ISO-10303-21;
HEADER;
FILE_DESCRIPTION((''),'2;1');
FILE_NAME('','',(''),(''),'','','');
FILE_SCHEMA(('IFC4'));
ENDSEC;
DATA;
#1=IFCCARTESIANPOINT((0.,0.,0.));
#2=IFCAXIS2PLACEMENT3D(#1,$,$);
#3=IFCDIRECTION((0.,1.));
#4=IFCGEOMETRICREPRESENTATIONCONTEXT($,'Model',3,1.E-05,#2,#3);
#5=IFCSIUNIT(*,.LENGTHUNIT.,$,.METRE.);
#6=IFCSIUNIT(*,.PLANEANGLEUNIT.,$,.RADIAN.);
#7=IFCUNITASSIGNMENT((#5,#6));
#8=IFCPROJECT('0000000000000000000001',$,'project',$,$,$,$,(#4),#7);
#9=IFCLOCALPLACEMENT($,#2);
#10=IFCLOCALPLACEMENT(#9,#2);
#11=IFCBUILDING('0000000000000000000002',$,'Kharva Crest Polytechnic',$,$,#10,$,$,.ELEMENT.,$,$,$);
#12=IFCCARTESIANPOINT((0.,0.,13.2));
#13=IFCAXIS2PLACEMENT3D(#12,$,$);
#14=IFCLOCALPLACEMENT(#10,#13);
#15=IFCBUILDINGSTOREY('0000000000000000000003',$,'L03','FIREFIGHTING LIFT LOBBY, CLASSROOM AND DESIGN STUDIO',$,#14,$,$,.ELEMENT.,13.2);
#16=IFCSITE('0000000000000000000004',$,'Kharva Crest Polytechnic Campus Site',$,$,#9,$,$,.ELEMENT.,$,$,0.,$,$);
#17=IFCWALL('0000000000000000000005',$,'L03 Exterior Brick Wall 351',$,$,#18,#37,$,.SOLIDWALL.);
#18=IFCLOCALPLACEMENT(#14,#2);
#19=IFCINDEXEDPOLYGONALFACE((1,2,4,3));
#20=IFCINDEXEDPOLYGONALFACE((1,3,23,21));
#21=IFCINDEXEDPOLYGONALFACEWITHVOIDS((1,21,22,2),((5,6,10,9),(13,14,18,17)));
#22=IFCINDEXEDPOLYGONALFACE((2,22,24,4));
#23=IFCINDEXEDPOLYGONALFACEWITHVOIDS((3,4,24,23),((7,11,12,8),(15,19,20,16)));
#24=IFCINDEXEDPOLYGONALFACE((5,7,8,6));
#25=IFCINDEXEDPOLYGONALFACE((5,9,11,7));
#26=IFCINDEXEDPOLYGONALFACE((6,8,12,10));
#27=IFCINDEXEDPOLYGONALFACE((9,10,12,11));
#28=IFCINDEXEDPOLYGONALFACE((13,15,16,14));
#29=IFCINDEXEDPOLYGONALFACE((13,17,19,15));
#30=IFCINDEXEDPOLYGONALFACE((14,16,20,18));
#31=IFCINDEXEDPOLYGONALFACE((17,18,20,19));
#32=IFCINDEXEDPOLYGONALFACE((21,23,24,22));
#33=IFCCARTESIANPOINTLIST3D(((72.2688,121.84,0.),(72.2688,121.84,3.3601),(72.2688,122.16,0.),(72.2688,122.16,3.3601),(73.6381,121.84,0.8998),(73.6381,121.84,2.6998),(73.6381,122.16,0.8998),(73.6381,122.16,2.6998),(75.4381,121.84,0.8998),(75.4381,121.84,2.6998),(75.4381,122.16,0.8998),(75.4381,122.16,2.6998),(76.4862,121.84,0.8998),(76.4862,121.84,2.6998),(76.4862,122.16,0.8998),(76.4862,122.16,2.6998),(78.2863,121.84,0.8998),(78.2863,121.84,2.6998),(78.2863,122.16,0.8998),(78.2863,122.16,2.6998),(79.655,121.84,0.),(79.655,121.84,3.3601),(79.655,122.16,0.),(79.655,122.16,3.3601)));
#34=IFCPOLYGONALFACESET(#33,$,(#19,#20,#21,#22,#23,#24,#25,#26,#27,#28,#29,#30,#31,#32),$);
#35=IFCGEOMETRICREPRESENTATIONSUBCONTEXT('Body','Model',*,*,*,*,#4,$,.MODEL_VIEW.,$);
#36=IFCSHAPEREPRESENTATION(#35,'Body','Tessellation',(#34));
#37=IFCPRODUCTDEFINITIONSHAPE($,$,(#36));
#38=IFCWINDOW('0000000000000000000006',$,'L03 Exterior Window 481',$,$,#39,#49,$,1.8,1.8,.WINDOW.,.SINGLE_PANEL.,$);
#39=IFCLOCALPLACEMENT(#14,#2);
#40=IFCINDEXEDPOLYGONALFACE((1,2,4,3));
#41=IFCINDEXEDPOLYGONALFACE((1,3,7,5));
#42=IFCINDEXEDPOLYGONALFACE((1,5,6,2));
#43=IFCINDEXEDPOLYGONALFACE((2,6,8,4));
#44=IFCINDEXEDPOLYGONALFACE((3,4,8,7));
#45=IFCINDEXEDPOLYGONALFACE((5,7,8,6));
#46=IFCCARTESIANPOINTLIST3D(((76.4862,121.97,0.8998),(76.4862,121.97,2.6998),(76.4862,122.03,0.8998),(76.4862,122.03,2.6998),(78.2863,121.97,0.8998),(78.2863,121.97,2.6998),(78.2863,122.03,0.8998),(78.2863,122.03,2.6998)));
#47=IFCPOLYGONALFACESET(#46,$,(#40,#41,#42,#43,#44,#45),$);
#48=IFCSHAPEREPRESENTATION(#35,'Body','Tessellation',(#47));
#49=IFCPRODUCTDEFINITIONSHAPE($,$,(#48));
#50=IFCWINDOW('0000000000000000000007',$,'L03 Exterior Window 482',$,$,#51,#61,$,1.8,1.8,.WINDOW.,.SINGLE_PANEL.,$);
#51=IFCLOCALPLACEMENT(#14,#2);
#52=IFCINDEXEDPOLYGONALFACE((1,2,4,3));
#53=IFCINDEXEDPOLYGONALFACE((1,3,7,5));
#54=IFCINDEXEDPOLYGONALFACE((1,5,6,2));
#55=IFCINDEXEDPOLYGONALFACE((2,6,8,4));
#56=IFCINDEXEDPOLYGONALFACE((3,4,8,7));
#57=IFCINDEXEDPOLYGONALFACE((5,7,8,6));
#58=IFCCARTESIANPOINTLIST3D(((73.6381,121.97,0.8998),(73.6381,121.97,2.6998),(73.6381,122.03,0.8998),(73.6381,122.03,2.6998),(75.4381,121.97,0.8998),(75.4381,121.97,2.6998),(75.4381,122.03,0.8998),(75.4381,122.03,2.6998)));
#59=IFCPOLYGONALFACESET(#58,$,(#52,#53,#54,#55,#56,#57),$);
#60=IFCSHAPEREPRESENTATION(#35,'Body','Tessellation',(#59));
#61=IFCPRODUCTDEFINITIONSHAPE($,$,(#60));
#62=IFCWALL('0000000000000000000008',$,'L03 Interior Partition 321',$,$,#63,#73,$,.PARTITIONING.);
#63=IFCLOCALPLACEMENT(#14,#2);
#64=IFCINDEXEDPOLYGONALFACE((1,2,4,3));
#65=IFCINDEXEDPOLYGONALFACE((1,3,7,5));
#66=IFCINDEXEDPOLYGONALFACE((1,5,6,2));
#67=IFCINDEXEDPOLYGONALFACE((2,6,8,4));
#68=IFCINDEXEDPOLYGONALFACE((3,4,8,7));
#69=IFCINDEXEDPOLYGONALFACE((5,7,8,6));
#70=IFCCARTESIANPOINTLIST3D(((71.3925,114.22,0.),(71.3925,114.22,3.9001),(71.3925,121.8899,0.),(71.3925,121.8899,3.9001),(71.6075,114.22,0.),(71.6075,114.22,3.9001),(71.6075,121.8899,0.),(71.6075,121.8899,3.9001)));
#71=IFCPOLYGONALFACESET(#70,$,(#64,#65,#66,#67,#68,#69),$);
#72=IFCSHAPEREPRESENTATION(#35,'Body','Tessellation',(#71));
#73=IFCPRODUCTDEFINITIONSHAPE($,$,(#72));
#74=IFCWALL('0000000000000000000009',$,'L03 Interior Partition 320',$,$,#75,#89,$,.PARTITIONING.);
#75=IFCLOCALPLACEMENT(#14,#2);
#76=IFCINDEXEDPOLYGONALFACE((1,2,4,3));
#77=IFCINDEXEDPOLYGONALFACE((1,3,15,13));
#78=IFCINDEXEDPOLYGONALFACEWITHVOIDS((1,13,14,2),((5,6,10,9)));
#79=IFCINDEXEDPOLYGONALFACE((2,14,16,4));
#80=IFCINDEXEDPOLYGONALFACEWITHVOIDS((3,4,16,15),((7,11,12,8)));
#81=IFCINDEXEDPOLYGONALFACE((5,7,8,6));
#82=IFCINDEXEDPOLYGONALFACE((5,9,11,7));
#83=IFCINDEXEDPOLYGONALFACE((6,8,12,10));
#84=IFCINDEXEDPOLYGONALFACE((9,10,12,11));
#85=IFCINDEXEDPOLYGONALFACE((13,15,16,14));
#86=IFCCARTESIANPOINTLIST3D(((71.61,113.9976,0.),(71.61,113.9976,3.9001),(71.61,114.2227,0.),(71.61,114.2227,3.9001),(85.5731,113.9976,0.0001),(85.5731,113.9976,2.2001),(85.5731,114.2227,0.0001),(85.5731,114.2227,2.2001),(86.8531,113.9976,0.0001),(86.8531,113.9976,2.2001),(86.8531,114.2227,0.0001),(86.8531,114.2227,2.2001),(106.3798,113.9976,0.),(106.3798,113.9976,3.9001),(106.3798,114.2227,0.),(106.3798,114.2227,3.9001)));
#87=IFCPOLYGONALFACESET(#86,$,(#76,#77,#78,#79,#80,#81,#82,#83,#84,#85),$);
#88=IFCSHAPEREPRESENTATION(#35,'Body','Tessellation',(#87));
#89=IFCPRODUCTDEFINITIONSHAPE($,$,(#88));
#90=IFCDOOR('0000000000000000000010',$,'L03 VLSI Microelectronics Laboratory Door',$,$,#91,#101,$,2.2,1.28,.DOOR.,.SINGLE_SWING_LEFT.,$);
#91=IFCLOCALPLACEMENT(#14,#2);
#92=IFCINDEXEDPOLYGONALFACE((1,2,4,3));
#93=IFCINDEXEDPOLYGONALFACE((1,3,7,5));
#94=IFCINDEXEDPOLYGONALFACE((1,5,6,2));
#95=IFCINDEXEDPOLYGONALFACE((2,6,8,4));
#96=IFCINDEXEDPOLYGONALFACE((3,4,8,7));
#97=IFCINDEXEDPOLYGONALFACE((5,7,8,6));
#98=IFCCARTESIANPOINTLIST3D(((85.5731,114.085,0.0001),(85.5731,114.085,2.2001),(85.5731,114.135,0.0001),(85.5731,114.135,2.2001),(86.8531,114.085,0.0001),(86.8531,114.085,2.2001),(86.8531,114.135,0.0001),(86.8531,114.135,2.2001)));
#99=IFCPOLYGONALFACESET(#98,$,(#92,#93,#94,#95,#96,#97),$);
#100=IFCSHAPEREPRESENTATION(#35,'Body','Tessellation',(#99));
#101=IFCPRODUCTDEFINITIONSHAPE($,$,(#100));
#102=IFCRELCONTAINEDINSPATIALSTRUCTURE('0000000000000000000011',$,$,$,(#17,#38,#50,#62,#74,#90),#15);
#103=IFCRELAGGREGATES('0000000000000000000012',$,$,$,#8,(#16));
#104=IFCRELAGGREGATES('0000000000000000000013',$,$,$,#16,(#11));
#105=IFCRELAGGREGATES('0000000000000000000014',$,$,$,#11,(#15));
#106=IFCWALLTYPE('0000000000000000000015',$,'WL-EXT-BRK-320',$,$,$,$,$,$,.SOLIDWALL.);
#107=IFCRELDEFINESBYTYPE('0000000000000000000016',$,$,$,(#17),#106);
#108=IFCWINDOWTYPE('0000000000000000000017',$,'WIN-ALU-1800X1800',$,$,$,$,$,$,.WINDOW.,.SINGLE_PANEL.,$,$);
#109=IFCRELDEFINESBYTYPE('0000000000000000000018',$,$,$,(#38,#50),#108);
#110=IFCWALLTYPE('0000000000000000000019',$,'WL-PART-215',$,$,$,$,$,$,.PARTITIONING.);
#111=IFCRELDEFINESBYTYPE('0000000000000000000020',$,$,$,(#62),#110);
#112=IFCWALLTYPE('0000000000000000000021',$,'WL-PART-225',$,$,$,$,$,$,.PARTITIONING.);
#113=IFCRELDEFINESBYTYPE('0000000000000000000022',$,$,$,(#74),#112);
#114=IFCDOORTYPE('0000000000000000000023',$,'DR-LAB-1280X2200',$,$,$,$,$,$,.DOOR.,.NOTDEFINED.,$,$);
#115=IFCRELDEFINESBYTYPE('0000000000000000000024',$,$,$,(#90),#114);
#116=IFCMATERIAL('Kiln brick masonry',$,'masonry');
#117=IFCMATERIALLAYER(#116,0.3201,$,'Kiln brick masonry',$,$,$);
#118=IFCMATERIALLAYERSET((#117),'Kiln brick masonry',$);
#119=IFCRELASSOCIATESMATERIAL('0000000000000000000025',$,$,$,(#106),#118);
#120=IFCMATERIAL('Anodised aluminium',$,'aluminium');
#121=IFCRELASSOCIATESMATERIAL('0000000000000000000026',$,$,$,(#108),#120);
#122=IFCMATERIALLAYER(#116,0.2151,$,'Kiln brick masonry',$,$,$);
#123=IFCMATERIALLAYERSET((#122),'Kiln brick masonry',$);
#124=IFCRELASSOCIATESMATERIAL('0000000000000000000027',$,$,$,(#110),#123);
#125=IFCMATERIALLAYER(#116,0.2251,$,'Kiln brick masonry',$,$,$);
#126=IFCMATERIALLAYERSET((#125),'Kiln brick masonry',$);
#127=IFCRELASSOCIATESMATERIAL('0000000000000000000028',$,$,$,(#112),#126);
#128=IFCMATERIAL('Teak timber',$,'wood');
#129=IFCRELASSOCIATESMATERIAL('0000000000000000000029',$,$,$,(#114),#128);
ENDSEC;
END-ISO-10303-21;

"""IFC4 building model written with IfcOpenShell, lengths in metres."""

from ifc_helpers import new_model, si_unit, direction, frame, frame_2d, origin, place, context, subcontext, project, spatial, rectangle, extrude, material, layer, layer_set, type_object, element, fill, save


model = new_model("IFC4")

# Units and contexts
model_context = context("Model", 3, precision=1e-05, world=origin(), true_north=direction((0.0, 1.0)))
body_context = subcontext(model_context, "Body", "Model", "MODEL_VIEW")
ifc_project = project(units=[si_unit("LENGTHUNIT", "METRE"), si_unit("PLANEANGLEUNIT", "RADIAN")], contexts=[model_context])

# Site, building, storey
site_placement = place(None, origin())
site = spatial("IfcSite", under=ifc_project, at=site_placement, Name="Kharva Crest Polytechnic Campus Site", CompositionType="ELEMENT", RefElevation=0.0)
building_placement = place(site_placement, origin())
building = spatial("IfcBuilding", under=site, at=building_placement, Name="Kharva Crest Polytechnic", CompositionType="ELEMENT")
storey_placement = place(building_placement, frame((0.0, 0.0, 13.2)))
storey = spatial("IfcBuildingStorey", under=building, at=storey_placement, Name="L03", Description="FIREFIGHTING LIFT LOBBY, CLASSROOM AND DESIGN STUDIO", CompositionType="ELEMENT", Elevation=13.2)

# Shared definitions
ifc_material_1 = material(Name="Kiln brick masonry", Category="masonry")

# Wall, openings, windows
ifc_layer_1 = layer(ifc_material_1, 0.3201, Name="Kiln brick masonry")
ifc_layer_set_1 = layer_set([ifc_layer_1], Name="Kiln brick masonry")
wall_type_1 = type_object("IfcWallType", Name="WL-EXT-BRK-320", PredefinedType="SOLIDWALL", material=ifc_layer_set_1)
wall_1_placement = place(storey_placement, frame((79.655, 122.0, 0.0), z_axis=(0.0, 0.0, 1.0), x_axis=(-1.0, 0.0, 0.0)))
wall_1 = element("IfcWall", 1, at=wall_1_placement, inside=storey, type_object=wall_type_1, Name="L03 Exterior Brick Wall 351", PredefinedType="SOLIDWALL", context=body_context, shape_type="SweptSolid", body=[
    extrude(rectangle(XDim=7.3862, YDim=0.3201, at=frame_2d((3.6931, 0.0))), origin(), (0.0, 0.0, 1.0), 3.3601),
])
opening_1_placement = place(wall_1_placement, frame((1.3689, 0.0, 0.8999)))
opening_1 = element("IfcOpeningElement", 2, at=opening_1_placement, cuts=wall_1, PredefinedType="OPENING", context=body_context, shape_type="SweptSolid", body=[
    extrude(rectangle(XDim=1.8, YDim=1.8, at=frame_2d((0.8999, 0.8999))), frame((0.0, 0.1699, 0.0), z_axis=(0.0, -1.0, 0.0), x_axis=(1.0, 0.0, 0.0)), (0.0, 0.0, 1.0), 0.3401),
])
opening_2_placement = place(wall_1_placement, frame((4.217, 0.0, 0.8999)))
opening_2 = element("IfcOpeningElement", 3, at=opening_2_placement, cuts=wall_1, PredefinedType="OPENING", context=body_context, shape_type="SweptSolid", body=[
    extrude(rectangle(XDim=1.8, YDim=1.8, at=frame_2d((0.8999, 0.8999))), frame((0.0, 0.1699, 0.0), z_axis=(0.0, -1.0, 0.0), x_axis=(1.0, 0.0, 0.0)), (0.0, 0.0, 1.0), 0.3401),
])
ifc_material_2 = material(Name="Anodised aluminium", Category="aluminium")
window_type = type_object("IfcWindowType", Name="WIN-ALU-1800X1800", PartitioningType="SINGLE_PANEL", PredefinedType="WINDOW", material=ifc_material_2)
window_1_placement = place(opening_1_placement, origin())
window_1 = element("IfcWindow", 4, at=window_1_placement, inside=storey, type_object=window_type, Name="L03 Exterior Window 481", OverallHeight=1.8, OverallWidth=1.8, PartitioningType="SINGLE_PANEL", PredefinedType="WINDOW", context=body_context, shape_type="SweptSolid", body=[
    extrude(rectangle(XDim=1.8, YDim=1.8, at=frame_2d((0.8999, 0.8999))), frame((0.0, 0.03, 0.0), z_axis=(0.0, -1.0, 0.0), x_axis=(1.0, 0.0, 0.0)), (0.0, 0.0, 1.0), 0.0601),
])
fill(opening_1, window_1)
window_2_placement = place(opening_2_placement, origin())
window_2 = element("IfcWindow", 5, at=window_2_placement, inside=storey, type_object=window_type, Name="L03 Exterior Window 482", OverallHeight=1.8, OverallWidth=1.8, PartitioningType="SINGLE_PANEL", PredefinedType="WINDOW", context=body_context, shape_type="SweptSolid", body=[
    extrude(rectangle(XDim=1.8, YDim=1.8, at=frame_2d((0.8999, 0.8999))), frame((0.0, 0.03, 0.0), z_axis=(0.0, -1.0, 0.0), x_axis=(1.0, 0.0, 0.0)), (0.0, 0.0, 1.0), 0.0601),
])
fill(opening_2, window_2)

# Wall
ifc_layer_2 = layer(ifc_material_1, 0.2151, Name="Kiln brick masonry")
ifc_layer_set_2 = layer_set([ifc_layer_2], Name="Kiln brick masonry")
wall_type_2 = type_object("IfcWallType", Name="WL-PART-215", PredefinedType="PARTITIONING", material=ifc_layer_set_2)
wall_2_placement = place(storey_placement, frame((71.5, 114.22, 0.0), z_axis=(0.0, 0.0, 1.0), x_axis=(0.0, 1.0, 0.0)))
element("IfcWall", 6, at=wall_2_placement, inside=storey, type_object=wall_type_2, Name="L03 Interior Partition 321", PredefinedType="PARTITIONING", context=body_context, shape_type="SweptSolid", body=[
    extrude(rectangle(XDim=7.6699, YDim=0.2151, at=frame_2d((3.835, 0.0))), origin(), (0.0, 0.0, 1.0), 3.9001),
])

# Wall, opening, door
ifc_layer_3 = layer(ifc_material_1, 0.2251, Name="Kiln brick masonry")
ifc_layer_set_3 = layer_set([ifc_layer_3], Name="Kiln brick masonry")
wall_type_3 = type_object("IfcWallType", Name="WL-PART-225", PredefinedType="PARTITIONING", material=ifc_layer_set_3)
wall_3_placement = place(storey_placement, frame((71.6101, 114.1101, 0.0), z_axis=(0.0, 0.0, 1.0), x_axis=(1.0, 0.0, 0.0)))
wall_3 = element("IfcWall", 7, at=wall_3_placement, inside=storey, type_object=wall_type_3, Name="L03 Interior Partition 320", PredefinedType="PARTITIONING", context=body_context, shape_type="SweptSolid", body=[
    extrude(rectangle(XDim=34.7698, YDim=0.2251, at=frame_2d((17.3848, 0.0))), origin(), (0.0, 0.0, 1.0), 3.9001),
])
opening_3_placement = place(wall_3_placement, frame((13.9629, 0.0, 0.0)))
opening_3 = element("IfcOpeningElement", 8, at=opening_3_placement, cuts=wall_3, PredefinedType="OPENING", context=body_context, shape_type="SweptSolid", body=[
    extrude(rectangle(XDim=1.28, YDim=2.2, at=frame_2d((0.6401, 1.1001))), frame((0.0, 0.1226, 0.0), z_axis=(0.0, -1.0, 0.0), x_axis=(1.0, 0.0, 0.0)), (0.0, 0.0, 1.0), 0.2451),
])
ifc_material_3 = material(Name="Teak timber", Category="wood")
door_type = type_object("IfcDoorType", Name="DR-LAB-1280X2200", OperationType="NOTDEFINED", PredefinedType="DOOR", material=ifc_material_3)
door_placement = place(opening_3_placement, origin())
door = element("IfcDoor", 9, at=door_placement, inside=storey, type_object=door_type, Name="L03 VLSI Microelectronics Laboratory Door", OperationType="SINGLE_SWING_LEFT", OverallHeight=2.2, OverallWidth=1.28, PredefinedType="DOOR", context=body_context, shape_type="SweptSolid", body=[
    extrude(rectangle(XDim=1.28, YDim=2.2, at=frame_2d((0.6401, 1.1001))), frame((0.0, 0.0249, 0.0), z_axis=(0.0, -1.0, 0.0), x_axis=(1.0, 0.0, 0.0)), (0.0, 0.0, 1.0), 0.05),
])
fill(opening_3, door)

save(model, "model.ifc")
